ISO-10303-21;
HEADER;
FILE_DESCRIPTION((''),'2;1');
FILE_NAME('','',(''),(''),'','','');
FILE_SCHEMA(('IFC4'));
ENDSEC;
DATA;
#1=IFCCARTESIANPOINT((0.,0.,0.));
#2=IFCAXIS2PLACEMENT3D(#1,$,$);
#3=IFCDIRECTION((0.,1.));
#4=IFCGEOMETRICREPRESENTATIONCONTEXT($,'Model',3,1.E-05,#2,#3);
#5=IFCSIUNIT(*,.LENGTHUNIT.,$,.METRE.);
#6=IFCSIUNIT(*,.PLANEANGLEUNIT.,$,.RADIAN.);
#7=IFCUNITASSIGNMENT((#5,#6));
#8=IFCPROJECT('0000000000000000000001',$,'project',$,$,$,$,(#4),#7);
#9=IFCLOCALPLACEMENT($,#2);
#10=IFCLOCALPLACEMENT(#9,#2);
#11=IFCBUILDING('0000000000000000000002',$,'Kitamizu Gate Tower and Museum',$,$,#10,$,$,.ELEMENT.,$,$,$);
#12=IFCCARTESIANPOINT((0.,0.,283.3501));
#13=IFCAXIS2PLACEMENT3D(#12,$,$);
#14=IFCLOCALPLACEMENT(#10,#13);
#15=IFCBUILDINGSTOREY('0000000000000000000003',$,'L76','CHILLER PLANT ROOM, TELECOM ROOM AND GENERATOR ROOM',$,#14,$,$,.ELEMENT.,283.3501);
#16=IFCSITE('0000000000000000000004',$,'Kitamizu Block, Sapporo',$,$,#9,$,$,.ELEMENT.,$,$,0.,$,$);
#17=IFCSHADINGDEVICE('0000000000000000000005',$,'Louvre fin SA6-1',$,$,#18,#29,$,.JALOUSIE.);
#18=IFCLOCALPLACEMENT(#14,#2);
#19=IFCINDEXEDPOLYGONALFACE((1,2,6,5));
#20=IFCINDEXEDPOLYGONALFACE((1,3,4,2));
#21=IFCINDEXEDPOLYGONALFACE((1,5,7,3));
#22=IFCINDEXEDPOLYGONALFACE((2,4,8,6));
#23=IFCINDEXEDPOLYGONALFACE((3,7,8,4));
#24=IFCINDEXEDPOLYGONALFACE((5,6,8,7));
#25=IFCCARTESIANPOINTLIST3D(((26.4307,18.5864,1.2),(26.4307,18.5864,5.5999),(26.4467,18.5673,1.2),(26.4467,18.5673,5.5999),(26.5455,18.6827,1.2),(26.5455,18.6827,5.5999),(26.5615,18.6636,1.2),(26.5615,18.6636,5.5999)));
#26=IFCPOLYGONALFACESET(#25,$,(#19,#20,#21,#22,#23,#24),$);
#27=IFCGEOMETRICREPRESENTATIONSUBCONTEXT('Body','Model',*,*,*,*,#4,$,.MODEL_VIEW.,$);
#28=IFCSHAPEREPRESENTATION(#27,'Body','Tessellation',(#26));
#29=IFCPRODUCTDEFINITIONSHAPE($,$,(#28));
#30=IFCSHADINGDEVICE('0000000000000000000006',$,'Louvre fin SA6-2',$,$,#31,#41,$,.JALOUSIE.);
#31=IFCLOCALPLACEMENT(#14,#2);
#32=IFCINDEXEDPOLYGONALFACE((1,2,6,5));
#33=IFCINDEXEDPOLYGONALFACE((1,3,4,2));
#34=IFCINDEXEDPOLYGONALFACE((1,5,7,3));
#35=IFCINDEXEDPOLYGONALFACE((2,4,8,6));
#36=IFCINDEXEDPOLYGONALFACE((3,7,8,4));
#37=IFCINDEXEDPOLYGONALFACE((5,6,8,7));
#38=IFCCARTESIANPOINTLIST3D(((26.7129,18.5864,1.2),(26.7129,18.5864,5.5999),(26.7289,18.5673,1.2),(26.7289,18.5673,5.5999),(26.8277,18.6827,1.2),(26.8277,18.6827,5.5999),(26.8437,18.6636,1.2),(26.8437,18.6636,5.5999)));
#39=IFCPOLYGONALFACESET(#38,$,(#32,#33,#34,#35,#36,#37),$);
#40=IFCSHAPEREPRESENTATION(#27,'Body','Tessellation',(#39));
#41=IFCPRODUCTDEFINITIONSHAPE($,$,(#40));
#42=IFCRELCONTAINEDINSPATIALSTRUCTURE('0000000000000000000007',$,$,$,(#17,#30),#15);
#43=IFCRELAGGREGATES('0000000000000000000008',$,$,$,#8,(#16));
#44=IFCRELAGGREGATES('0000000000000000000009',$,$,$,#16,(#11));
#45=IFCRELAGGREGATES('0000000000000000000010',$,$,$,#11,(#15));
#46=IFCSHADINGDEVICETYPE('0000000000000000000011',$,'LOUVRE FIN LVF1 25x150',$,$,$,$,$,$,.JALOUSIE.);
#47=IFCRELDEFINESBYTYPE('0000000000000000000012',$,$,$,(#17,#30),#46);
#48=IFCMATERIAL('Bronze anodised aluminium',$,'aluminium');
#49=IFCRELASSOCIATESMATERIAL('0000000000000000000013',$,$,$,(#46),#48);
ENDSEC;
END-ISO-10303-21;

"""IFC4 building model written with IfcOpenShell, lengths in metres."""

from ifc_helpers import new_model, si_unit, direction, frame, origin, origin_2d, place, context, subcontext, project, spatial, rectangle, extrude, material, material_profile, profile_set, type_object, element, save


model = new_model("IFC4")

# Units and contexts
model_context = context("Model", 3, precision=1e-05, world=origin(), true_north=direction((0.0, 1.0)))
body_context = subcontext(model_context, "Body", "Model", "MODEL_VIEW")
ifc_project = project(units=[si_unit("LENGTHUNIT", "METRE"), si_unit("PLANEANGLEUNIT", "RADIAN")], contexts=[model_context])

# Site, building, storey
site_placement = place(None, origin())
site = spatial("IfcSite", under=ifc_project, at=site_placement, Name="Kitamizu Block, Sapporo", CompositionType="ELEMENT", RefElevation=0.0)
building_placement = place(site_placement, origin())
building = spatial("IfcBuilding", under=site, at=building_placement, Name="Kitamizu Gate Tower and Museum", CompositionType="ELEMENT")
storey_placement = place(building_placement, frame((0.0, 0.0, 283.3501)))
storey = spatial("IfcBuildingStorey", under=building, at=storey_placement, Name="L76", Description="CHILLER PLANT ROOM, TELECOM ROOM AND GENERATOR ROOM", CompositionType="ELEMENT", Elevation=283.3501)

# Shading devices
ifc_material_1 = material(Name="Bronze anodised aluminium", Category="aluminium")
ifc_material_profile_1 = material_profile(ifc_material_1, rectangle(XDim=0.1499, YDim=0.0249, at=origin_2d()), Name="AL 25x150")
ifc_profile_set_1 = profile_set([ifc_material_profile_1], Name="Bronze anodised aluminium")
shading_device_type = type_object("IfcShadingDeviceType", Name="LOUVRE FIN LVF1 25x150", PredefinedType="JALOUSIE", material=ifc_profile_set_1)
for number, where, z_axis, x_axis, name in (
    (1, (26.4961, 18.625, 1.2), (0.0, 0.0, 1.0), (0.766044, 0.642788, 0.0), "Louvre fin SA6-1"),
    (2, (26.7783, 18.625, 1.2), (0.0, 0.0, 1.0), (0.766044, 0.642788, 0.0), "Louvre fin SA6-2"),
):
    element("IfcShadingDevice", number, at=place(storey_placement, frame(where, z_axis=z_axis, x_axis=x_axis)), inside=storey, type_object=shading_device_type, Name=name, PredefinedType="JALOUSIE", context=body_context, shape_type="SweptSolid", body=[
        extrude(rectangle(XDim=0.1499, YDim=0.0249, at=origin_2d()), origin(), (0.0, 0.0, 1.0), 4.3999),
    ])

save(model, "model.ifc")
